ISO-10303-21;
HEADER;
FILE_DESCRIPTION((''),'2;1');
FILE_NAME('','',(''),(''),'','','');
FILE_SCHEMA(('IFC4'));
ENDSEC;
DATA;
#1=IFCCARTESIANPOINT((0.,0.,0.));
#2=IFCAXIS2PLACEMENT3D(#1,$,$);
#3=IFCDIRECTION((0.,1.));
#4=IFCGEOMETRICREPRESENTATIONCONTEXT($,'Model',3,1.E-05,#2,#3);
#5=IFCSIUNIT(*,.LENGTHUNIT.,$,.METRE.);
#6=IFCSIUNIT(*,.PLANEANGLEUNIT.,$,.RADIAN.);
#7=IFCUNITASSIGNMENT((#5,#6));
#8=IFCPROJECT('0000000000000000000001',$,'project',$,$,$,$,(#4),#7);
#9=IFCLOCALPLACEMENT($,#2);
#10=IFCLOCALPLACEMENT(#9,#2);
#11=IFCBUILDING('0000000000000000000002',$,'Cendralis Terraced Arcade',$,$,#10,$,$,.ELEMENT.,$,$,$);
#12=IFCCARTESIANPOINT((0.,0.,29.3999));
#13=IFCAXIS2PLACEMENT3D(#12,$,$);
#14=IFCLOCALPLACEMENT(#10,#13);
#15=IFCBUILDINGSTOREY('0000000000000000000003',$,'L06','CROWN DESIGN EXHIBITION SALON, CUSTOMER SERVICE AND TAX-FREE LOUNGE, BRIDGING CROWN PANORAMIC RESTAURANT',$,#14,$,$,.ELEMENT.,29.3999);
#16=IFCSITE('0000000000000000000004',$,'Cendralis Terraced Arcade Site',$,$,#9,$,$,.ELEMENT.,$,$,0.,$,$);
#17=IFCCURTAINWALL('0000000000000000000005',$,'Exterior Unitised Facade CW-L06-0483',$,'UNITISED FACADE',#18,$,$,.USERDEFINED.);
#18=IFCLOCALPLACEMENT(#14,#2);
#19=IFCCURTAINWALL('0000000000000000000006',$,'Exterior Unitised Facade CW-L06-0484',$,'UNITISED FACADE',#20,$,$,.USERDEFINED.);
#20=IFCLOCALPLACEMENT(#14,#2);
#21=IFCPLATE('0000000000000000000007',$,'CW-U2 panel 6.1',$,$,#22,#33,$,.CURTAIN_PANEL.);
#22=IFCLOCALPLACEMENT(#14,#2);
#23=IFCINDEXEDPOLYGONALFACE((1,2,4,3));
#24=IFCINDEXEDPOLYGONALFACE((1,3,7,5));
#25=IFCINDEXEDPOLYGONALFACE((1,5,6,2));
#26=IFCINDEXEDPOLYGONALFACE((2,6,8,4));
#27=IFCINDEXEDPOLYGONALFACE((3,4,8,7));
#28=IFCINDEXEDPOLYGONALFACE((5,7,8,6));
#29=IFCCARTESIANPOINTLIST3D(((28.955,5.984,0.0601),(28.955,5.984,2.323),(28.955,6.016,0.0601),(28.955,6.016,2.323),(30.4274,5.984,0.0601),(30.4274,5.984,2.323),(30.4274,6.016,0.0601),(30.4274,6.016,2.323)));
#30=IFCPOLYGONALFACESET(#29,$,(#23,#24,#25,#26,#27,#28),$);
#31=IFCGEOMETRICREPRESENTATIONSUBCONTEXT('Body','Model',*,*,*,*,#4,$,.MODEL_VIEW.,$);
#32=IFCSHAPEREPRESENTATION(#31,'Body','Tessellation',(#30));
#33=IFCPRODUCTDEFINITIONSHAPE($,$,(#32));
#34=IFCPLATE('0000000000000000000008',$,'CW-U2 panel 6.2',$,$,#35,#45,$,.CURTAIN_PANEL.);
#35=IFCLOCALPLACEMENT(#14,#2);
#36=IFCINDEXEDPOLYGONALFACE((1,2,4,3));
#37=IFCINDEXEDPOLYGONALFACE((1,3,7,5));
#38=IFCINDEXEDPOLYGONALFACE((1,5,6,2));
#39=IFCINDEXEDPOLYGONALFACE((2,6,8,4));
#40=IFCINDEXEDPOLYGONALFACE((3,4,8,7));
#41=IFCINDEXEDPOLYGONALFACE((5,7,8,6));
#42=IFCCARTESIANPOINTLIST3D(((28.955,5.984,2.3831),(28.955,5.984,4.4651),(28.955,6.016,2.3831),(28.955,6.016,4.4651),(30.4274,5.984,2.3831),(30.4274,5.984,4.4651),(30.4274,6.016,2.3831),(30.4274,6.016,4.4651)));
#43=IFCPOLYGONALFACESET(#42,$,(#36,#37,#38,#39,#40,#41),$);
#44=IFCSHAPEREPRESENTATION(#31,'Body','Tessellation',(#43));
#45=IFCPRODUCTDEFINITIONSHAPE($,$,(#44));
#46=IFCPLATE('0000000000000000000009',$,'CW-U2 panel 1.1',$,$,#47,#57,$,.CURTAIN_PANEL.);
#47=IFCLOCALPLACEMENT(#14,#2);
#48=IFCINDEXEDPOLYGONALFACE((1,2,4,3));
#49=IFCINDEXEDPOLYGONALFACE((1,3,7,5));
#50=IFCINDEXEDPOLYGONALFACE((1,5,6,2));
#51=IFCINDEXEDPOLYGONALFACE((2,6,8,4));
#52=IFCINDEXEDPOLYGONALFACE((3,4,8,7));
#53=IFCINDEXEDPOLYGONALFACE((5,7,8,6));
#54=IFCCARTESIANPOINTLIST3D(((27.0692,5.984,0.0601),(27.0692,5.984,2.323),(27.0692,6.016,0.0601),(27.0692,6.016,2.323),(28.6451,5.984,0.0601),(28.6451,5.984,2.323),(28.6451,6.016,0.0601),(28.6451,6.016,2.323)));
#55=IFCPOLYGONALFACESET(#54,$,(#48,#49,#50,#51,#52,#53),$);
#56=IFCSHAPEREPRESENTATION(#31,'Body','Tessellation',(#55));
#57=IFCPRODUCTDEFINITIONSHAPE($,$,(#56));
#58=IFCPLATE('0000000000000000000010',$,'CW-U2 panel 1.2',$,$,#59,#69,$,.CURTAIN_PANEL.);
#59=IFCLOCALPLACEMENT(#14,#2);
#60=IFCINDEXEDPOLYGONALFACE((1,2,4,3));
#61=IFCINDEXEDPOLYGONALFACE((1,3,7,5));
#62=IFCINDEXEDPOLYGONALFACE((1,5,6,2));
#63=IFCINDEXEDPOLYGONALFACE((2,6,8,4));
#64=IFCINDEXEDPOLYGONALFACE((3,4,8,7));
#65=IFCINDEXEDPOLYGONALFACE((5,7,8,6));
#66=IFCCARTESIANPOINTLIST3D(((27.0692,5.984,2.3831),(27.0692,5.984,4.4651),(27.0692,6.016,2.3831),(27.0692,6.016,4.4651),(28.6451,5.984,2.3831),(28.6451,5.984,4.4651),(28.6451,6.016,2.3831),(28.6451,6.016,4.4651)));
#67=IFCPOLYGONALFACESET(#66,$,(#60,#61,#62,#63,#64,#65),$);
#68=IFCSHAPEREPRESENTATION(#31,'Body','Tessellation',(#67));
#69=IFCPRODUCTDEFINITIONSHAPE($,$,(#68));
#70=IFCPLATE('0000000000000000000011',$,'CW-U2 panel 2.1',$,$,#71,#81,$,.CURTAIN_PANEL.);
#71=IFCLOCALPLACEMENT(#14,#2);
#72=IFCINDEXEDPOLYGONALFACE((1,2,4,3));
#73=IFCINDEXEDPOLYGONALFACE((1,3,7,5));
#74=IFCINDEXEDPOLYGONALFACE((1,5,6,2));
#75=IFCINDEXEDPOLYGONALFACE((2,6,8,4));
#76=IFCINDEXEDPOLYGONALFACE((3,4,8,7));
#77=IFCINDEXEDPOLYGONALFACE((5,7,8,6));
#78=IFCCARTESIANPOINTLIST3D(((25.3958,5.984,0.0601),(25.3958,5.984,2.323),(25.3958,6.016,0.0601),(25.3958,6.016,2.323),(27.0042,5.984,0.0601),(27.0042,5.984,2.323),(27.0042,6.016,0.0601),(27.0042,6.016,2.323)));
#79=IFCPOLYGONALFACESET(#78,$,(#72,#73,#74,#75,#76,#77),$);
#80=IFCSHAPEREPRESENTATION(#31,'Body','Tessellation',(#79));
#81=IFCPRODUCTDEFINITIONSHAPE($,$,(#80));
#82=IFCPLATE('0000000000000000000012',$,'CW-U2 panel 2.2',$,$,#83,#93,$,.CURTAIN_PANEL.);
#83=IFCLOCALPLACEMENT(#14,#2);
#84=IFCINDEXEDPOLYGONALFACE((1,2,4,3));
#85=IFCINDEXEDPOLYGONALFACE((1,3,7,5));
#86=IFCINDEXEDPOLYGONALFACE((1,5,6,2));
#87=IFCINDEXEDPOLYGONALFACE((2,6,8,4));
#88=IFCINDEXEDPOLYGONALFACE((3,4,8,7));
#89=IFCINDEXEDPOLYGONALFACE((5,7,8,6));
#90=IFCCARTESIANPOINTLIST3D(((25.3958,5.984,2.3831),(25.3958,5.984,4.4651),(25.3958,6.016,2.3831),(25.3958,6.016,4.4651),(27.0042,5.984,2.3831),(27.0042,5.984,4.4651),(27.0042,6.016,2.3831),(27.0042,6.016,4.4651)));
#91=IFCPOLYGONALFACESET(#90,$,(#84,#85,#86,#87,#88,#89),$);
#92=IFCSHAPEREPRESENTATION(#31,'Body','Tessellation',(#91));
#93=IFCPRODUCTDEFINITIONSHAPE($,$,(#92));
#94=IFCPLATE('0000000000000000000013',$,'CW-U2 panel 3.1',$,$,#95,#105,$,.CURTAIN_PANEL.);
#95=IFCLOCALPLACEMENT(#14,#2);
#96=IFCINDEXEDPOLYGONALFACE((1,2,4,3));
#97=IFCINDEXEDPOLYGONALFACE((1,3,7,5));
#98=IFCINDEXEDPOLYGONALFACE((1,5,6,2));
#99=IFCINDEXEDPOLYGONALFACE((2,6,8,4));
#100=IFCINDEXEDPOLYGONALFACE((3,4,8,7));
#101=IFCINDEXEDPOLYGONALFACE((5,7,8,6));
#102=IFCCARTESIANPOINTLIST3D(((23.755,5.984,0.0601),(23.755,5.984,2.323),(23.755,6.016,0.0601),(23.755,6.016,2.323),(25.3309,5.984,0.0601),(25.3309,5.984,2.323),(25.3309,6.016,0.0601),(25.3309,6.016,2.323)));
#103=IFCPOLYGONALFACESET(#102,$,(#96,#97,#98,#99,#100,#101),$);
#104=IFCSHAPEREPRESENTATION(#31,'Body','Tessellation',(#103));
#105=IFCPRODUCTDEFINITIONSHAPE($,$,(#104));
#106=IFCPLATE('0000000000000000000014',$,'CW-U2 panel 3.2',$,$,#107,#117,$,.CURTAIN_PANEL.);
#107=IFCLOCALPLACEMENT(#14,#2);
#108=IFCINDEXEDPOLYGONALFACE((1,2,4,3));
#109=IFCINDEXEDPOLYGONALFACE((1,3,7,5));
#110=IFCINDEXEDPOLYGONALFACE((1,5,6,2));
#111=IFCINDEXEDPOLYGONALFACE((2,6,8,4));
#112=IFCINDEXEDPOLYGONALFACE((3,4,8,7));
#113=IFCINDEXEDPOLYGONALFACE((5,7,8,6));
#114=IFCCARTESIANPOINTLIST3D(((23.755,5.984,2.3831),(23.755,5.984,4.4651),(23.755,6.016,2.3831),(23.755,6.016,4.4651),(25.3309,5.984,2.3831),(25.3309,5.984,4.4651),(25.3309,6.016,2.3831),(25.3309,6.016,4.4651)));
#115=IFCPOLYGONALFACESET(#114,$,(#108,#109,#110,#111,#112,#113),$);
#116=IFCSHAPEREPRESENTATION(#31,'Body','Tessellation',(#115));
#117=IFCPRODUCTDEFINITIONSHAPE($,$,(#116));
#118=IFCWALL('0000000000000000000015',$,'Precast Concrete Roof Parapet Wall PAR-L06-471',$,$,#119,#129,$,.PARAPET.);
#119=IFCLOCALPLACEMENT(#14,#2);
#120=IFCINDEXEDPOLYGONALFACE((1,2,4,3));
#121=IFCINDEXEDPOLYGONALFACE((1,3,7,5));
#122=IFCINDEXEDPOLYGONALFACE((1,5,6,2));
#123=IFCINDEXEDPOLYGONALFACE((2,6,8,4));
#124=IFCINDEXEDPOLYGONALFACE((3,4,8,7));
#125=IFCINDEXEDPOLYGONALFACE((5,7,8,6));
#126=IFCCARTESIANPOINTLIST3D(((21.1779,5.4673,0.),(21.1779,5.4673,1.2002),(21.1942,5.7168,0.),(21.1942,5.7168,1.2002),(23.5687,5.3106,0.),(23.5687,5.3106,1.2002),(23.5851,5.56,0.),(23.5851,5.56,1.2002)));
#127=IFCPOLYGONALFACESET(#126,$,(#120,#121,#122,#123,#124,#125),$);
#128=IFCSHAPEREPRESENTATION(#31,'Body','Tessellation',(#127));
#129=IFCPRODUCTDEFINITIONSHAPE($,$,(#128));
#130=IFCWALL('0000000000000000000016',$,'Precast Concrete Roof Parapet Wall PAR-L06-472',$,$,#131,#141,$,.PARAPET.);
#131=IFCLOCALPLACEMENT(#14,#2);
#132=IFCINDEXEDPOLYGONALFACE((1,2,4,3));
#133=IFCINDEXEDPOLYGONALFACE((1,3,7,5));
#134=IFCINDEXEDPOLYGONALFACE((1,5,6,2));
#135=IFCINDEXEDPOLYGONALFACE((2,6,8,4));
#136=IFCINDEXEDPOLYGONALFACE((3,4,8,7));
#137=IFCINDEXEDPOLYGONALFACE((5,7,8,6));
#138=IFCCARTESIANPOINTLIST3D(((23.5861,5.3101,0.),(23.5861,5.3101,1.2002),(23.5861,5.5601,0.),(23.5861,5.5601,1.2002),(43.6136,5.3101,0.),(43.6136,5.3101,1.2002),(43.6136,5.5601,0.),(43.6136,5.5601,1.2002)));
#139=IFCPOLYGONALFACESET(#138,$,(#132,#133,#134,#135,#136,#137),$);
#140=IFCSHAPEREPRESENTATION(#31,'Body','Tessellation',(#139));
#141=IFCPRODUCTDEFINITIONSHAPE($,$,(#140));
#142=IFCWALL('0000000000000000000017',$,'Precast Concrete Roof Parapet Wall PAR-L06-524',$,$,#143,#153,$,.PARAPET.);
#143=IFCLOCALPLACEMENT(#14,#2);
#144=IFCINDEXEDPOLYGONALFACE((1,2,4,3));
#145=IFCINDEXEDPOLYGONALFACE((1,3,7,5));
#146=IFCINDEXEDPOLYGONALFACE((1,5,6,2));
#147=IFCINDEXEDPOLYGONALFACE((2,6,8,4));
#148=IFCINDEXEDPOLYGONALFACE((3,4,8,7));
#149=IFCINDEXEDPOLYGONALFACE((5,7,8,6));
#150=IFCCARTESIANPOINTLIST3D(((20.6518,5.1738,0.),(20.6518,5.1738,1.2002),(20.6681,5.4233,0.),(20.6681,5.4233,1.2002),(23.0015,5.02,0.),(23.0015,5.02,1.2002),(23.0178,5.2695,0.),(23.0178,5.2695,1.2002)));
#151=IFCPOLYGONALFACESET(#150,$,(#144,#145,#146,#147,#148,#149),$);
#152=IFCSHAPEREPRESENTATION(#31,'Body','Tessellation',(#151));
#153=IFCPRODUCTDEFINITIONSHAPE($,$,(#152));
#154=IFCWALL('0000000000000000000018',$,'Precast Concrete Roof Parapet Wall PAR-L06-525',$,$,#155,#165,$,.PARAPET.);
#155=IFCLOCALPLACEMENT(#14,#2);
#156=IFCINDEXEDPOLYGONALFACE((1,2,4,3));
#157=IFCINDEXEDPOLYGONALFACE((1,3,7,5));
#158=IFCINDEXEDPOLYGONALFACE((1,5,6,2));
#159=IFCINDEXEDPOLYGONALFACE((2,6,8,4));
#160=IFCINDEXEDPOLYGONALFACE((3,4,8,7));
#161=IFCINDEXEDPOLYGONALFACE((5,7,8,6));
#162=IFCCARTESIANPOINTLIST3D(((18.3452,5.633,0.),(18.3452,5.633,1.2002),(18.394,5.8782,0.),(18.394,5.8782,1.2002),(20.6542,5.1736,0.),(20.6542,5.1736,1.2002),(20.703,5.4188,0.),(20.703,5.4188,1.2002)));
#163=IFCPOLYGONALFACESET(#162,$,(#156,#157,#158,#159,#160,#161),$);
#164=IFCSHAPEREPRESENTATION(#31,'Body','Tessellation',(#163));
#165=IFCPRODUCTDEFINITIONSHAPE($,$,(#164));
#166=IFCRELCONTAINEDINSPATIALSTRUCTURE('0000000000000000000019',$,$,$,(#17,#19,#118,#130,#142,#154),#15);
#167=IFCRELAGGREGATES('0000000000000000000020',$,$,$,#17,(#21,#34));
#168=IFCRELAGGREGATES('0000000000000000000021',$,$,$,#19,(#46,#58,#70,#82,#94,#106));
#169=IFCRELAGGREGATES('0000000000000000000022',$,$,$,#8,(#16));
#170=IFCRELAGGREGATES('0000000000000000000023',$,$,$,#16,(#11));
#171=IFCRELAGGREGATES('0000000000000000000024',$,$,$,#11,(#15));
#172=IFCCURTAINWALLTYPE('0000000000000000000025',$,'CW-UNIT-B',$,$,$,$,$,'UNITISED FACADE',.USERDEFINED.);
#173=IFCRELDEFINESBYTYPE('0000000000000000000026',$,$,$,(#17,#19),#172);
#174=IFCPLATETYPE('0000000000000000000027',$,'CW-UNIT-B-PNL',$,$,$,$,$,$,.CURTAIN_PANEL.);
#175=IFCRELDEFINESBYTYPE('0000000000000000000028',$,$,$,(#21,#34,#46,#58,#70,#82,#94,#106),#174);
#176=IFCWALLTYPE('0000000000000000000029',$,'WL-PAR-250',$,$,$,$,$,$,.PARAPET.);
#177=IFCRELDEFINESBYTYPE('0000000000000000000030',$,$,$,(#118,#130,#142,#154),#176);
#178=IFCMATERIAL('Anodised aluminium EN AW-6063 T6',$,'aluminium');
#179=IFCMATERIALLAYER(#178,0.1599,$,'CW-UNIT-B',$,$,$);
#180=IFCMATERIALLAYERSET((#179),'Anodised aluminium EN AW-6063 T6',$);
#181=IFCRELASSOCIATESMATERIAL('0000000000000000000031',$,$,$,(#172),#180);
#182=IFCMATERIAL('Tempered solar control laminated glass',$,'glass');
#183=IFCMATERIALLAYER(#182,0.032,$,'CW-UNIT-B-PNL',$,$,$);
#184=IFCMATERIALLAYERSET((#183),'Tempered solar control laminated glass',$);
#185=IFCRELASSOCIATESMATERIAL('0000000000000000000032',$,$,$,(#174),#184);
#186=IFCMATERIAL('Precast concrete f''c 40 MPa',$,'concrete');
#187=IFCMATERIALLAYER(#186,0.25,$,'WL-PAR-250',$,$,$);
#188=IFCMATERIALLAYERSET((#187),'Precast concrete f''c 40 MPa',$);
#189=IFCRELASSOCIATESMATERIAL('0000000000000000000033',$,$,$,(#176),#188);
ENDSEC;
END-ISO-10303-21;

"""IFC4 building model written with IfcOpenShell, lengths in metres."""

from ifc_helpers import new_model, si_unit, direction, frame, frame_2d, origin, origin_2d, place, context, subcontext, project, spatial, rectangle, extrude, material, layer, layer_set, type_object, element, aggregate, save


model = new_model("IFC4")

# Units and contexts
model_context = context("Model", 3, precision=1e-05, world=origin(), true_north=direction((0.0, 1.0)))
body_context = subcontext(model_context, "Body", "Model", "MODEL_VIEW")
ifc_project = project(units=[si_unit("LENGTHUNIT", "METRE"), si_unit("PLANEANGLEUNIT", "RADIAN")], contexts=[model_context])

# Site, building, storey
site_placement = place(None, origin())
site = spatial("IfcSite", under=ifc_project, at=site_placement, Name="Cendralis Terraced Arcade Site", CompositionType="ELEMENT", RefElevation=0.0)
building_placement = place(site_placement, origin())
building = spatial("IfcBuilding", under=site, at=building_placement, Name="Cendralis Terraced Arcade", CompositionType="ELEMENT")
storey_placement = place(building_placement, frame((0.0, 0.0, 29.3999)))
storey = spatial("IfcBuildingStorey", under=building, at=storey_placement, Name="L06", Description="CROWN DESIGN EXHIBITION SALON, CUSTOMER SERVICE AND TAX-FREE LOUNGE, BRIDGING CROWN PANORAMIC RESTAURANT", CompositionType="ELEMENT", Elevation=29.3999)

# Curtain wall
ifc_material_1 = material(Name="Anodised aluminium EN AW-6063 T6", Category="aluminium")
ifc_layer_1 = layer(ifc_material_1, 0.1599, Name="CW-UNIT-B")
ifc_layer_set_1 = layer_set([ifc_layer_1], Name="Anodised aluminium EN AW-6063 T6")
curtain_wall_type = type_object("IfcCurtainWallType", Name="CW-UNIT-B", ElementType="UNITISED FACADE", PredefinedType="USERDEFINED", material=ifc_layer_set_1)
curtain_wall_1_placement = place(storey_placement, origin())
curtain_wall_1 = element("IfcCurtainWall", 1, at=curtain_wall_1_placement, inside=storey, type_object=curtain_wall_type, Name="Exterior Unitised Facade CW-L06-0483", ObjectType="UNITISED FACADE", PredefinedType="USERDEFINED")

# Curtain wall
curtain_wall_2_placement = place(storey_placement, origin())
curtain_wall_2 = element("IfcCurtainWall", 2, at=curtain_wall_2_placement, inside=storey, type_object=curtain_wall_type, Name="Exterior Unitised Facade CW-L06-0484", ObjectType="UNITISED FACADE", PredefinedType="USERDEFINED")

# Plates
ifc_material_2 = material(Name="Tempered solar control laminated glass", Category="glass")
ifc_layer_2 = layer(ifc_material_2, 0.032, Name="CW-UNIT-B-PNL")
ifc_layer_set_2 = layer_set([ifc_layer_2], Name="Tempered solar control laminated glass")
plate_type = type_object("IfcPlateType", Name="CW-UNIT-B-PNL", PredefinedType="CURTAIN_PANEL", material=ifc_layer_set_2)
plate_1_placement = place(storey_placement, frame((29.6912, 6.0, 0.0601), z_axis=(0.0, 0.0, 1.0), x_axis=(-1.0, 0.0, 0.0)))
plate_1 = element("IfcPlate", 3, at=plate_1_placement, type_object=plate_type, Name="CW-U2 panel 6.1", PredefinedType="CURTAIN_PANEL", context=body_context, shape_type="SweptSolid", body=[
    extrude(rectangle(XDim=1.4724, YDim=0.032, at=origin_2d()), origin(), (0.0, 0.0, 1.0), 2.2629),
])
plate_2_placement = place(storey_placement, frame((29.6912, 6.0, 2.3831), z_axis=(0.0, 0.0, 1.0), x_axis=(-1.0, 0.0, 0.0)))
plate_2 = element("IfcPlate", 4, at=plate_2_placement, type_object=plate_type, Name="CW-U2 panel 6.2", PredefinedType="CURTAIN_PANEL", context=body_context, shape_type="SweptSolid", body=[
    extrude(rectangle(XDim=1.4724, YDim=0.032, at=origin_2d()), origin(), (0.0, 0.0, 1.0), 2.082),
])
aggregate(curtain_wall_1, [plate_1, plate_2])
plate_3_placement = place(storey_placement, frame((27.8572, 6.0, 0.0601), z_axis=(0.0, 0.0, 1.0), x_axis=(-1.0, 0.0, 0.0)))
plate_3 = element("IfcPlate", 5, at=plate_3_placement, type_object=plate_type, Name="CW-U2 panel 1.1", PredefinedType="CURTAIN_PANEL", context=body_context, shape_type="SweptSolid", body=[
    extrude(rectangle(XDim=1.5759, YDim=0.032, at=origin_2d()), origin(), (0.0, 0.0, 1.0), 2.2629),
])
plate_4_placement = place(storey_placement, frame((27.8572, 6.0, 2.3831), z_axis=(0.0, 0.0, 1.0), x_axis=(-1.0, 0.0, 0.0)))
plate_4 = element("IfcPlate", 6, at=plate_4_placement, type_object=plate_type, Name="CW-U2 panel 1.2", PredefinedType="CURTAIN_PANEL", context=body_context, shape_type="SweptSolid", body=[
    extrude(rectangle(XDim=1.5759, YDim=0.032, at=origin_2d()), origin(), (0.0, 0.0, 1.0), 2.082),
])
plate_5_placement = place(storey_placement, frame((26.2, 6.0, 0.0601), z_axis=(0.0, 0.0, 1.0), x_axis=(-1.0, 0.0, 0.0)))
plate_5 = element("IfcPlate", 7, at=plate_5_placement, type_object=plate_type, Name="CW-U2 panel 2.1", PredefinedType="CURTAIN_PANEL", context=body_context, shape_type="SweptSolid", body=[
    extrude(rectangle(XDim=1.6084, YDim=0.032, at=origin_2d()), origin(), (0.0, 0.0, 1.0), 2.2629),
])
plate_6_placement = place(storey_placement, frame((26.2, 6.0, 2.3831), z_axis=(0.0, 0.0, 1.0), x_axis=(-1.0, 0.0, 0.0)))
plate_6 = element("IfcPlate", 8, at=plate_6_placement, type_object=plate_type, Name="CW-U2 panel 2.2", PredefinedType="CURTAIN_PANEL", context=body_context, shape_type="SweptSolid", body=[
    extrude(rectangle(XDim=1.6084, YDim=0.032, at=origin_2d()), origin(), (0.0, 0.0, 1.0), 2.082),
])
plate_7_placement = place(storey_placement, frame((24.543, 6.0, 0.0601), z_axis=(0.0, 0.0, 1.0), x_axis=(-1.0, 0.0, 0.0)))
plate_7 = element("IfcPlate", 9, at=plate_7_placement, type_object=plate_type, Name="CW-U2 panel 3.1", PredefinedType="CURTAIN_PANEL", context=body_context, shape_type="SweptSolid", body=[
    extrude(rectangle(XDim=1.5759, YDim=0.032, at=origin_2d()), origin(), (0.0, 0.0, 1.0), 2.2629),
])
plate_8_placement = place(storey_placement, frame((24.543, 6.0, 2.3831), z_axis=(0.0, 0.0, 1.0), x_axis=(-1.0, 0.0, 0.0)))
plate_8 = element("IfcPlate", 10, at=plate_8_placement, type_object=plate_type, Name="CW-U2 panel 3.2", PredefinedType="CURTAIN_PANEL", context=body_context, shape_type="SweptSolid", body=[
    extrude(rectangle(XDim=1.5759, YDim=0.032, at=origin_2d()), origin(), (0.0, 0.0, 1.0), 2.082),
])
aggregate(curtain_wall_2, [plate_3, plate_4, plate_5, plate_6, plate_7, plate_8])

# Walls
ifc_material_3 = material(Name="Precast concrete f'c 40 MPa", Category="concrete")
ifc_layer_3 = layer(ifc_material_3, 0.25, Name="WL-PAR-250")
ifc_layer_set_3 = layer_set([ifc_layer_3], Name="Precast concrete f'c 40 MPa")
wall_type = type_object("IfcWallType", Name="WL-PAR-250", PredefinedType="PARAPET", material=ifc_layer_set_3)
wall_1_placement = place(storey_placement, frame((21.186, 5.592, 0.0), z_axis=(0.0, 0.0, 1.0), x_axis=(0.997858, -0.065417, 0.0)))
element("IfcWall", 11, at=wall_1_placement, inside=storey, type_object=wall_type, Name="Precast Concrete Roof Parapet Wall PAR-L06-471", PredefinedType="PARAPET", context=body_context, shape_type="SweptSolid", body=[
    extrude(rectangle(XDim=2.396, YDim=0.25, at=frame_2d((1.198, 0.0))), origin(), (0.0, 0.0, 1.0), 1.2002),
])
wall_2_placement = place(storey_placement, frame((23.5862, 5.4351, 0.0), z_axis=(0.0, 0.0, 1.0), x_axis=(1.0, 0.0, 0.0)))
element("IfcWall", 12, at=wall_2_placement, inside=storey, type_object=wall_type, Name="Precast Concrete Roof Parapet Wall PAR-L06-472", PredefinedType="PARAPET", context=body_context, shape_type="SweptSolid", body=[
    extrude(rectangle(XDim=20.0276, YDim=0.25, at=frame_2d((10.0137, 0.0))), origin(), (0.0, 0.0, 1.0), 1.2002),
])
wall_3_placement = place(storey_placement, frame((23.0095, 5.1448, 0.0), z_axis=(0.0, 0.0, 1.0), x_axis=(-0.997864, 0.065322, 0.0)))
element("IfcWall", 13, at=wall_3_placement, inside=storey, type_object=wall_type, Name="Precast Concrete Roof Parapet Wall PAR-L06-524", PredefinedType="PARAPET", context=body_context, shape_type="SweptSolid", body=[
    extrude(rectangle(XDim=2.3547, YDim=0.25, at=frame_2d((1.1772, 0.0))), origin(), (0.0, 0.0, 1.0), 1.2002),
])
wall_4_placement = place(storey_placement, frame((20.6787, 5.2961, 0.0), z_axis=(0.0, 0.0, 1.0), x_axis=(-0.980772, 0.195159, 0.0)))
element("IfcWall", 14, at=wall_4_placement, inside=storey, type_object=wall_type, Name="Precast Concrete Roof Parapet Wall PAR-L06-525", PredefinedType="PARAPET", context=body_context, shape_type="SweptSolid", body=[
    extrude(rectangle(XDim=2.3542, YDim=0.25, at=frame_2d((1.1772, 0.0))), origin(), (0.0, 0.0, 1.0), 1.2002),
])

save(model, "model.ifc")
